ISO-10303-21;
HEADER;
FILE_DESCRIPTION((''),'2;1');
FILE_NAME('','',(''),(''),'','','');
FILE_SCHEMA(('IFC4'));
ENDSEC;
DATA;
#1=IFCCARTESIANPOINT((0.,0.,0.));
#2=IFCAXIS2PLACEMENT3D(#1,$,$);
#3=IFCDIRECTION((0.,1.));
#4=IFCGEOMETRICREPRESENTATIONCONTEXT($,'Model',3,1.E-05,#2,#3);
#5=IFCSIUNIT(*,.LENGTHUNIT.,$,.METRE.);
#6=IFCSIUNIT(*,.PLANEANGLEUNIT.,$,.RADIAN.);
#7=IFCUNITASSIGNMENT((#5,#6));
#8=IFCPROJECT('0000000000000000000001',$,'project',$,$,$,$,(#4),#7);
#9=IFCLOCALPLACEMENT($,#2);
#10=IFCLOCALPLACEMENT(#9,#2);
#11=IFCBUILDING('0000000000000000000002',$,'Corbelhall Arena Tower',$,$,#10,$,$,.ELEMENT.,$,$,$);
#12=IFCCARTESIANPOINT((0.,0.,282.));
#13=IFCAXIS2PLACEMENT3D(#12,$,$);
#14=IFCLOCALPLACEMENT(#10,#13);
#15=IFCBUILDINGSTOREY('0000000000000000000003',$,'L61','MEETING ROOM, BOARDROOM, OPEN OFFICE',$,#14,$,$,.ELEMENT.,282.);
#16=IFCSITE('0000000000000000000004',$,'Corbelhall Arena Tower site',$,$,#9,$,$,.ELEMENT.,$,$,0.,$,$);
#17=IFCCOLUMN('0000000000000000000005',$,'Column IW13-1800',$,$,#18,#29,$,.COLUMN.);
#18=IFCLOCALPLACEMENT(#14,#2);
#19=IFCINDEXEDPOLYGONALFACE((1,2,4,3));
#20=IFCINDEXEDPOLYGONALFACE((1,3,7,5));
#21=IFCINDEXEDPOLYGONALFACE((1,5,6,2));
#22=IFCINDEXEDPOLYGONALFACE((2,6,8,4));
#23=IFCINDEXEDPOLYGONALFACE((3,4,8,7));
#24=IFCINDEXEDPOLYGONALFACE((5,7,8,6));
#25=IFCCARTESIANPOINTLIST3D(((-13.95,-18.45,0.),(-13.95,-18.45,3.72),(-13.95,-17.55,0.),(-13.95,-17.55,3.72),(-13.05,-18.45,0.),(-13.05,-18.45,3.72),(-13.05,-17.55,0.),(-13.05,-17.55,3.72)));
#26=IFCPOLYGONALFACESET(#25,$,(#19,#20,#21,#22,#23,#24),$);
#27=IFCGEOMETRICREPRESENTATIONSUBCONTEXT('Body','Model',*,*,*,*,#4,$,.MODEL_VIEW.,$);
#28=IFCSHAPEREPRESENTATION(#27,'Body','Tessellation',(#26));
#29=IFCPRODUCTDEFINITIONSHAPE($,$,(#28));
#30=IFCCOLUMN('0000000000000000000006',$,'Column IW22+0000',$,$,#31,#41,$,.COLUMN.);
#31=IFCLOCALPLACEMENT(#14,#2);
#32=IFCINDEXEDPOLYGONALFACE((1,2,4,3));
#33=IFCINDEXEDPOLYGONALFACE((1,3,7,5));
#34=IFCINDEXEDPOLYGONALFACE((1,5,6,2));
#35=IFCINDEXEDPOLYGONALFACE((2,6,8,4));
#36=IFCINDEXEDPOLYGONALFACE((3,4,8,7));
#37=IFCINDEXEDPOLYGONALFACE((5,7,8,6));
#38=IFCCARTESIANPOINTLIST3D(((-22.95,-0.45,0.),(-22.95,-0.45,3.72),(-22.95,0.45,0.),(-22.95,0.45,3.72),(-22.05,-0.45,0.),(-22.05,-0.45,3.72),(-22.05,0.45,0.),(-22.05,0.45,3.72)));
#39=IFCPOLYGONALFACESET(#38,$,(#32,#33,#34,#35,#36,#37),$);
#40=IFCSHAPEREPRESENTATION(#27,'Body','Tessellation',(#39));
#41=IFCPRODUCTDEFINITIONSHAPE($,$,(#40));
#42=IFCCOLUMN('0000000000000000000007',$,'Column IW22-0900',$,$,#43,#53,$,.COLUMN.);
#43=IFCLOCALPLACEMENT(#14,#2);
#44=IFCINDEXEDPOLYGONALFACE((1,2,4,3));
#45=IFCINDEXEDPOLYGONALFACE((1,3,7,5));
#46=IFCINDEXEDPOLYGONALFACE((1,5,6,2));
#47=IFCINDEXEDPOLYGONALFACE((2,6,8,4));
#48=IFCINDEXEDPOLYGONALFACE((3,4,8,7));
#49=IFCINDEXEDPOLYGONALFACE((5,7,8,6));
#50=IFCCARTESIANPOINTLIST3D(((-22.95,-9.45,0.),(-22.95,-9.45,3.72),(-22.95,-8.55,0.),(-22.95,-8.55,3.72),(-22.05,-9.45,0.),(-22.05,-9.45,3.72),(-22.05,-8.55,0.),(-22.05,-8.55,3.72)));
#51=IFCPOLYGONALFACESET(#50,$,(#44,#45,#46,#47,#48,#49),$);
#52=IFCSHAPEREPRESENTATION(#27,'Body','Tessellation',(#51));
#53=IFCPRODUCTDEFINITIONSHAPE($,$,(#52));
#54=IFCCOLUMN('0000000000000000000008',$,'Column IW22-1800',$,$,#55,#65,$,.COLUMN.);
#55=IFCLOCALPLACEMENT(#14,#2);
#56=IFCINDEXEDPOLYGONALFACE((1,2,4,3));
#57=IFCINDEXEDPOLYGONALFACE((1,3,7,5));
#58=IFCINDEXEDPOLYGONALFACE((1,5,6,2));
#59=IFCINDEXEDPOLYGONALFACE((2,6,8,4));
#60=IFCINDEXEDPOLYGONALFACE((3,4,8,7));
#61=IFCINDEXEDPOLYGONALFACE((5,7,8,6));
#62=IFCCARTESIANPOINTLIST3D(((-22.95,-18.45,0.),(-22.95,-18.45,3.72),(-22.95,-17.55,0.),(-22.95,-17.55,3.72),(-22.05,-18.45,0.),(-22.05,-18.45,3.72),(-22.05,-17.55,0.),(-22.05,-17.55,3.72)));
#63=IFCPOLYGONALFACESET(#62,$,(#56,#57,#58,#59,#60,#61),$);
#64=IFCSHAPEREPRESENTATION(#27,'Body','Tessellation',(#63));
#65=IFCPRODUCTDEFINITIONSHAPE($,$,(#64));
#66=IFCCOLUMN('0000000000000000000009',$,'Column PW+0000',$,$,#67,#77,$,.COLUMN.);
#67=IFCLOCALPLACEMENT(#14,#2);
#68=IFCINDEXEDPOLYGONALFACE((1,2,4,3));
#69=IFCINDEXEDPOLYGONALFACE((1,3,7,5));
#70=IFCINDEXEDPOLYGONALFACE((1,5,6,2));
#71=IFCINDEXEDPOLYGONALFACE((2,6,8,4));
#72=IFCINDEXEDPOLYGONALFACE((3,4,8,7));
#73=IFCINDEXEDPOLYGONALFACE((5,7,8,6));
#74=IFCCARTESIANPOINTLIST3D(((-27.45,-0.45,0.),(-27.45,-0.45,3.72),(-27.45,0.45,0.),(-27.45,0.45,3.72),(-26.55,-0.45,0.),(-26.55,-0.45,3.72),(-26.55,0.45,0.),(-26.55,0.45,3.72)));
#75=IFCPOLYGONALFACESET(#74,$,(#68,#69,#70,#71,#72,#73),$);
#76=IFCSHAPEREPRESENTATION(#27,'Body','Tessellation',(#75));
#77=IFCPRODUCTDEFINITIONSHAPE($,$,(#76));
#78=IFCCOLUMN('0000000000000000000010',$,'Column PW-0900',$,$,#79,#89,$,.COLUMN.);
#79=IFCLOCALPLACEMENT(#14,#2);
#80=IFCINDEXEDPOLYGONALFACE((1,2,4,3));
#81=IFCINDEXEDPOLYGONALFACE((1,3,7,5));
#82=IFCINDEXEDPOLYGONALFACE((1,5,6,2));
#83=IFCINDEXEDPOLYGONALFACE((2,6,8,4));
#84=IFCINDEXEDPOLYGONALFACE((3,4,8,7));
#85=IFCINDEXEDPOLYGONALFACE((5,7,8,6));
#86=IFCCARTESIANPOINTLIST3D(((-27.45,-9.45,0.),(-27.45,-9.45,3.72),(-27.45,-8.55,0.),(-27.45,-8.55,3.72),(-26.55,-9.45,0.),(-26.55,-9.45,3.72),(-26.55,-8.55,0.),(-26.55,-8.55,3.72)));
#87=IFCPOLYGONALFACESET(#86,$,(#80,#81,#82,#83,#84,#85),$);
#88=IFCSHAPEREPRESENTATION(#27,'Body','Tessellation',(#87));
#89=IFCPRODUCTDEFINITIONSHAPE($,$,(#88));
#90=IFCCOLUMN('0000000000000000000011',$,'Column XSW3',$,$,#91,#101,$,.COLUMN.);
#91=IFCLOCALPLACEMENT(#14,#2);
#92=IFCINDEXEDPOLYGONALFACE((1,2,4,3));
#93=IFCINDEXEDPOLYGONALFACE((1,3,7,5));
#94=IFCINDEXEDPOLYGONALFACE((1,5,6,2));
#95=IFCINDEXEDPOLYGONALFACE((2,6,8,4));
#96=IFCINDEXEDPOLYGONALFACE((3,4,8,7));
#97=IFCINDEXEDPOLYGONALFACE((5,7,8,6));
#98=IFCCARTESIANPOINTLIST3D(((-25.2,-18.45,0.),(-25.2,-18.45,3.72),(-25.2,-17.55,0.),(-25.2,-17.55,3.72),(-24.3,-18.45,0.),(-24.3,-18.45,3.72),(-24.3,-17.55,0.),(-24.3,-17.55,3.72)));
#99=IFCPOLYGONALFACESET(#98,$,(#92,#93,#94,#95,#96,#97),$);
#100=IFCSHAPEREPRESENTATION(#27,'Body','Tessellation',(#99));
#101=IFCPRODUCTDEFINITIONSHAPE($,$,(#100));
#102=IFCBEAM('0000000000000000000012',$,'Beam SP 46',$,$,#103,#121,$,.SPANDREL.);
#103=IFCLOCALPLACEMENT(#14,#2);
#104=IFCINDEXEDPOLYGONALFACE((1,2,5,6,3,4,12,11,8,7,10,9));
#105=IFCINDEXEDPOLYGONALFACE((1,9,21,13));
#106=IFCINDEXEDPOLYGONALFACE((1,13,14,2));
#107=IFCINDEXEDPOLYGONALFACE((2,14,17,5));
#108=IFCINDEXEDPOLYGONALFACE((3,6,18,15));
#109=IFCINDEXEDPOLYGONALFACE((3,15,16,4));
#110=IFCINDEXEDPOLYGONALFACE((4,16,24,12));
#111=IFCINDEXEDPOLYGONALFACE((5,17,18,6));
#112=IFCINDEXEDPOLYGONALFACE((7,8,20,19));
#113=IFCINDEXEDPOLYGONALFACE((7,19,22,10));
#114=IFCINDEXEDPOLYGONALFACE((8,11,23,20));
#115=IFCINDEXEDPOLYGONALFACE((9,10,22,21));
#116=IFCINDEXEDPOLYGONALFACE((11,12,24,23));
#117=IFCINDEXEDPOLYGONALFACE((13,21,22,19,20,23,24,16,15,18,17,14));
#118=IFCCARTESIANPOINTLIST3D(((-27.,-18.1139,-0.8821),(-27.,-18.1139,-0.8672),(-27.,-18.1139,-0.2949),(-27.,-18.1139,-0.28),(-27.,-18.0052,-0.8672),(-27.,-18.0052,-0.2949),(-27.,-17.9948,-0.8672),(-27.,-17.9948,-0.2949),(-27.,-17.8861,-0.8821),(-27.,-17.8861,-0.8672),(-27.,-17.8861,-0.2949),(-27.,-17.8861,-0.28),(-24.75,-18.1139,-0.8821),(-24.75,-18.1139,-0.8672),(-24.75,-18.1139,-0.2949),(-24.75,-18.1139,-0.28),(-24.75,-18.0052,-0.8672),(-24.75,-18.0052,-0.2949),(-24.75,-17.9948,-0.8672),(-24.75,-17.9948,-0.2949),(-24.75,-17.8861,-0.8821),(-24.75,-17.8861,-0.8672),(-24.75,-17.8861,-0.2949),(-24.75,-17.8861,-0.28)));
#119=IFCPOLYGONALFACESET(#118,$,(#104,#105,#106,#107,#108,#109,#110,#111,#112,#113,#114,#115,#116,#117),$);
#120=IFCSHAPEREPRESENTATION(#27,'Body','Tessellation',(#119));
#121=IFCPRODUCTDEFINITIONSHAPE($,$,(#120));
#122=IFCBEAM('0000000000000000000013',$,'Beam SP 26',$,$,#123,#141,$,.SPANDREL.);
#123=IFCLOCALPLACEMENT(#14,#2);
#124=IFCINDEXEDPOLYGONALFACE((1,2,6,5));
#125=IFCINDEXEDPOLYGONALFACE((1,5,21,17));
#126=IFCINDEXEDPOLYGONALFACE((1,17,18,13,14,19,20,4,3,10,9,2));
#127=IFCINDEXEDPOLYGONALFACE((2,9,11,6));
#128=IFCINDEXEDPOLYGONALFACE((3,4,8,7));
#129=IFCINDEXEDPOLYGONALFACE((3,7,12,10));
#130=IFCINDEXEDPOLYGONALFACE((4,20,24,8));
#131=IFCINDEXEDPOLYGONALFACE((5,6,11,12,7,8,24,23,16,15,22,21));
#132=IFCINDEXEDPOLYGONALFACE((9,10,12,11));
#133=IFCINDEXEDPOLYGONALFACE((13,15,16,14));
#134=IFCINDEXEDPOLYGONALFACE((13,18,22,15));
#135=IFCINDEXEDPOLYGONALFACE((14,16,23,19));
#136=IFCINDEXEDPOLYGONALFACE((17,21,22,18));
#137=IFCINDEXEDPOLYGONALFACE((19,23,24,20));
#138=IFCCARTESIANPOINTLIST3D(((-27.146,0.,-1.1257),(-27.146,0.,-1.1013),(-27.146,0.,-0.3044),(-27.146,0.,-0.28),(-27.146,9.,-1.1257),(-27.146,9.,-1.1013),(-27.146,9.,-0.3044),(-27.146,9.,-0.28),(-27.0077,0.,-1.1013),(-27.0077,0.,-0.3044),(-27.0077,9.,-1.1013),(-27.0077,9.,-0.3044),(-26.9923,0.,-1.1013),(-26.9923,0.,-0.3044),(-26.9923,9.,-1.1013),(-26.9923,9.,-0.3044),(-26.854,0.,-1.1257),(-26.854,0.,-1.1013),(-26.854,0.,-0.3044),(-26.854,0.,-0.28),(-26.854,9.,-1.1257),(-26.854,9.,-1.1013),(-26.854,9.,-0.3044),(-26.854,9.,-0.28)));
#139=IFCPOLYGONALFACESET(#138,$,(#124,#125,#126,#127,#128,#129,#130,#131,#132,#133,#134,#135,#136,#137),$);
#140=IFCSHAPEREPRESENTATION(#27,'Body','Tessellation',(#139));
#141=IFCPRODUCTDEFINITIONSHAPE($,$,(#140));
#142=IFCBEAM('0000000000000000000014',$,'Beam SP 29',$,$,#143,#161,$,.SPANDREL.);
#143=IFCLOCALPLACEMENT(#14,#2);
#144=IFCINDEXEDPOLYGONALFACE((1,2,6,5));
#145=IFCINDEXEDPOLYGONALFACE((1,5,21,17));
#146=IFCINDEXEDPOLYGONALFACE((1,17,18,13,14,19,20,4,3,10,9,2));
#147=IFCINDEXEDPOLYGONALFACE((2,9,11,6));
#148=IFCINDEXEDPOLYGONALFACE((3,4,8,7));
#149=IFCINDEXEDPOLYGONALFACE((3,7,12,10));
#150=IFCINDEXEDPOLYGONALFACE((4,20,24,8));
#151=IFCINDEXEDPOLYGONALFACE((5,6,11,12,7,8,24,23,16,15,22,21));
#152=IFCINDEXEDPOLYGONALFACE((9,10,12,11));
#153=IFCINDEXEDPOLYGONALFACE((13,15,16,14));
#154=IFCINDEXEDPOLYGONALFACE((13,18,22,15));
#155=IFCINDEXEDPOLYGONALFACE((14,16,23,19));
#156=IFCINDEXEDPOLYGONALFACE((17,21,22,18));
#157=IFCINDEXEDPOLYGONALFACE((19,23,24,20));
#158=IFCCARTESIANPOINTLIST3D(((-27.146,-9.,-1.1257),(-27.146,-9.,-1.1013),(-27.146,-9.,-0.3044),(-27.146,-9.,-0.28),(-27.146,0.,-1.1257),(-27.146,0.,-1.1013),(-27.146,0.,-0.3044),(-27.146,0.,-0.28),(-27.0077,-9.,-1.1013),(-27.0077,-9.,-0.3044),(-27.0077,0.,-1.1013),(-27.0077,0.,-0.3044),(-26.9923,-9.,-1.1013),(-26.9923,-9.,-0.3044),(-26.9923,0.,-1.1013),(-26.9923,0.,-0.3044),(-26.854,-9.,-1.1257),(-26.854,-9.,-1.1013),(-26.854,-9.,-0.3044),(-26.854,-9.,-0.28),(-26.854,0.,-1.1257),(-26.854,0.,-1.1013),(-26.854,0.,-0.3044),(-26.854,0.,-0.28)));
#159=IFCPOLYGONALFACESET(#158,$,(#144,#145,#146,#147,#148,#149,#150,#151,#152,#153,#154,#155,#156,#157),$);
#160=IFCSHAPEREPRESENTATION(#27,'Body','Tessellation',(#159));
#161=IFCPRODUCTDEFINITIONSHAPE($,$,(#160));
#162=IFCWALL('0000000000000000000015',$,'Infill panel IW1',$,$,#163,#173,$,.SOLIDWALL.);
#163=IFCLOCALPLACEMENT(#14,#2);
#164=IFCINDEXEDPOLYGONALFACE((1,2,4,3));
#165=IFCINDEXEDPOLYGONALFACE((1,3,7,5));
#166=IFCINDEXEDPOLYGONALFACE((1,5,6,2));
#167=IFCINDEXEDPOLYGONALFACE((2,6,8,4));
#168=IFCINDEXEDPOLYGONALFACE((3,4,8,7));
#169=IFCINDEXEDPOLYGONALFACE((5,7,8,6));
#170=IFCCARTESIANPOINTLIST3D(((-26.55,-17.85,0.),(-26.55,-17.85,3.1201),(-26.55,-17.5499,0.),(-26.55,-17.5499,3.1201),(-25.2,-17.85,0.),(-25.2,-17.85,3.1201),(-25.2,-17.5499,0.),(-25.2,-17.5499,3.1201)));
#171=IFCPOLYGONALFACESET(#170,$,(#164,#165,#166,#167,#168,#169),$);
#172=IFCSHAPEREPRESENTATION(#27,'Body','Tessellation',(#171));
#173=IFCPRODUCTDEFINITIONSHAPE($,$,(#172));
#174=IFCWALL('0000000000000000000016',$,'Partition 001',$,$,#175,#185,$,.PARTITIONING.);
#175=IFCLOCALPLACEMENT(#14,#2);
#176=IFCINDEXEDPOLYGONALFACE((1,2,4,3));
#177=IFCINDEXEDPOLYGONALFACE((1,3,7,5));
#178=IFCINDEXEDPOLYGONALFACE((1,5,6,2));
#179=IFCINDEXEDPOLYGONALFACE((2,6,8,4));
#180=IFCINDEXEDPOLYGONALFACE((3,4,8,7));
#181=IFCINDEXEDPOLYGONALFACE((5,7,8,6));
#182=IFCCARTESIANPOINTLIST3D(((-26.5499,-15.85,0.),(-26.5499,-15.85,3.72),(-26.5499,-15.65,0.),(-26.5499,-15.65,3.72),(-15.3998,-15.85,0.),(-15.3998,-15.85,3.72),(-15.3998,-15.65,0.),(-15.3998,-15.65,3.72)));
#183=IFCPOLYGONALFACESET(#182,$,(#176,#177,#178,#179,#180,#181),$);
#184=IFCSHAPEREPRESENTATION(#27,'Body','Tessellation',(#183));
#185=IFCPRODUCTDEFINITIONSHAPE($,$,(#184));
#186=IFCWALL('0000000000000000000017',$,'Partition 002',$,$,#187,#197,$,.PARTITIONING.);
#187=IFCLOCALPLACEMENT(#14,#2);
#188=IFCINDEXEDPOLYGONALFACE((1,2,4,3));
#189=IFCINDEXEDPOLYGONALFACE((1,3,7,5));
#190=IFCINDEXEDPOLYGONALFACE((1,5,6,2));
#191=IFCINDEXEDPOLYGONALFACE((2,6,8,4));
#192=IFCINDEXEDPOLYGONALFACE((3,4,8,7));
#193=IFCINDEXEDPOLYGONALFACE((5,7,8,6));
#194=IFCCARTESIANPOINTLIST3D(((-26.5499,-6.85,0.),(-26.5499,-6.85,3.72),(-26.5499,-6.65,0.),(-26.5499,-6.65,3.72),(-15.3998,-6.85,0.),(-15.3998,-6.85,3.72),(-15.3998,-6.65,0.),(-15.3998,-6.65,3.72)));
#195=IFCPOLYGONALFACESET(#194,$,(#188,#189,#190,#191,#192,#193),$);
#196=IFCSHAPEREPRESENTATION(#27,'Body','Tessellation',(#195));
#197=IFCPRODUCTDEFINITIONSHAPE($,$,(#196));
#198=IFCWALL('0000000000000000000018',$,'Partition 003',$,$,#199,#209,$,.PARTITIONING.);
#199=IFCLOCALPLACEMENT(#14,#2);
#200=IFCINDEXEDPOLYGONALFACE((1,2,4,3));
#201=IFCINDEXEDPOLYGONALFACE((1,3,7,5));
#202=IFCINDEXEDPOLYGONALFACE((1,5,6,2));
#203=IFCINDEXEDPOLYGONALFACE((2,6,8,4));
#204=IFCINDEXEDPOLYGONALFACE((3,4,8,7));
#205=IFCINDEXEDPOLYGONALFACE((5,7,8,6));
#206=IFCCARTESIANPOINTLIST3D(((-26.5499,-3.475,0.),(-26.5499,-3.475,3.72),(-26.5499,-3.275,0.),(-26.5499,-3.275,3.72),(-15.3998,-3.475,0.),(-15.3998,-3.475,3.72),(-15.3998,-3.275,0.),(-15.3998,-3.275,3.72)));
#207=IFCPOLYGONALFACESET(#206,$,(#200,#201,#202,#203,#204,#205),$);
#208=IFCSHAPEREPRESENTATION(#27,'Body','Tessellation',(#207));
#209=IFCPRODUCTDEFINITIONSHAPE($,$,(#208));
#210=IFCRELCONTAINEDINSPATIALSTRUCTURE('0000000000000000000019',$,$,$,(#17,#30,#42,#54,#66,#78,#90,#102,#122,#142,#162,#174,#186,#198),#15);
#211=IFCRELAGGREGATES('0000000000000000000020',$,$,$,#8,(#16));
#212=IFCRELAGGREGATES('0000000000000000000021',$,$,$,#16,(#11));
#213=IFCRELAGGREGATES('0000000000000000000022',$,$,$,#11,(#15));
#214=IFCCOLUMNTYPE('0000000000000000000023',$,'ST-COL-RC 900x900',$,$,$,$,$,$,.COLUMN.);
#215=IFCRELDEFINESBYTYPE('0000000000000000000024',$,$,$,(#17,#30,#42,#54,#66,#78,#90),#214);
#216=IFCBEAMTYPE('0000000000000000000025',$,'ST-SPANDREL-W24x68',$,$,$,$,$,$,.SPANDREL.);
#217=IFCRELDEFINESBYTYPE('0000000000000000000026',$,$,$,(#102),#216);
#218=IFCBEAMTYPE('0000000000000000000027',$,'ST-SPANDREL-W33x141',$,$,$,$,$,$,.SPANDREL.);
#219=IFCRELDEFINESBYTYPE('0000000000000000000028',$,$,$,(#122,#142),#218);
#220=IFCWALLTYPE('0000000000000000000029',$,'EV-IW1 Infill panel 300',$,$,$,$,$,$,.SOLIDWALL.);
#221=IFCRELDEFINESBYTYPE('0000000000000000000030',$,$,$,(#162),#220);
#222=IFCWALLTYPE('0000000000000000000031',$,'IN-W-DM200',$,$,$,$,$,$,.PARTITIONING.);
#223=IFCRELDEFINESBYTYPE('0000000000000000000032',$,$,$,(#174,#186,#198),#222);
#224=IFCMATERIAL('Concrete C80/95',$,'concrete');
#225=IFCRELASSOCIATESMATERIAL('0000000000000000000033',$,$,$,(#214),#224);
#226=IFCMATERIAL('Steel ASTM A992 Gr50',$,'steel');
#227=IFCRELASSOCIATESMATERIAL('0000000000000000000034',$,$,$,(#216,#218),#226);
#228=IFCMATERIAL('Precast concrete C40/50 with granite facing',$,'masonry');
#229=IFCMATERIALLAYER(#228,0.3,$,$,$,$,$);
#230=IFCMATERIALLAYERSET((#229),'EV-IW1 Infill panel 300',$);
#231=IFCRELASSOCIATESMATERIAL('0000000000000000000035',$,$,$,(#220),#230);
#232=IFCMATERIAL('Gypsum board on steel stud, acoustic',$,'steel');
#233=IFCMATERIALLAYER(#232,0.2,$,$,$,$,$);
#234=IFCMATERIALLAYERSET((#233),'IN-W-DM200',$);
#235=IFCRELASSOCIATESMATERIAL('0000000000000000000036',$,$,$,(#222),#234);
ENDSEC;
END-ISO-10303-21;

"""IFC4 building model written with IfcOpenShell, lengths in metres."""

from ifc_helpers import new_model, si_unit, direction, frame, frame_2d, origin, origin_2d, place, context, subcontext, project, spatial, rectangle, i_section, extrude, material, layer, layer_set, material_profile, profile_set, type_object, element, save


model = new_model("IFC4")

# Units and contexts
model_context = context("Model", 3, precision=1e-05, world=origin(), true_north=direction((0.0, 1.0)))
body_context = subcontext(model_context, "Body", "Model", "MODEL_VIEW")
ifc_project = project(units=[si_unit("LENGTHUNIT", "METRE"), si_unit("PLANEANGLEUNIT", "RADIAN")], contexts=[model_context])

# Site, building, storey
site_placement = place(None, origin())
site = spatial("IfcSite", under=ifc_project, at=site_placement, Name="Corbelhall Arena Tower site", CompositionType="ELEMENT", RefElevation=0.0)
building_placement = place(site_placement, origin())
building = spatial("IfcBuilding", under=site, at=building_placement, Name="Corbelhall Arena Tower", CompositionType="ELEMENT")
storey_placement = place(building_placement, frame((0.0, 0.0, 282.0)))
storey = spatial("IfcBuildingStorey", under=building, at=storey_placement, Name="L61", Description="MEETING ROOM, BOARDROOM, OPEN OFFICE", CompositionType="ELEMENT", Elevation=282.0)

# Columns
ifc_material_1 = material(Name="Concrete C80/95", Category="concrete")
ifc_material_profile_1 = material_profile(ifc_material_1, rectangle(XDim=0.8999, YDim=0.8999, at=origin_2d()))
ifc_profile_set_1 = profile_set([ifc_material_profile_1], Name="Concrete C80/95")
column_type = type_object("IfcColumnType", Name="ST-COL-RC 900x900", PredefinedType="COLUMN", material=ifc_profile_set_1)
for number, where, z_axis, x_axis, name in (
    (1, (-13.5, -18.0, 0.0), (0.0, 0.0, 1.0), (1.0, 0.0, 0.0), "Column IW13-1800"),
    (2, (-22.5, 0.0, 0.0), (0.0, 0.0, 1.0), (1.0, 0.0, 0.0), "Column IW22+0000"),
    (3, (-22.5, -9.0, 0.0), (0.0, 0.0, 1.0), (1.0, 0.0, 0.0), "Column IW22-0900"),
    (4, (-22.5, -18.0, 0.0), (0.0, 0.0, 1.0), (1.0, 0.0, 0.0), "Column IW22-1800"),
    (5, (-27.0, 0.0, 0.0), (0.0, 0.0, 1.0), (0.0, 1.0, 0.0), "Column PW+0000"),
    (6, (-27.0, -9.0, 0.0), (0.0, 0.0, 1.0), (0.0, 1.0, 0.0), "Column PW-0900"),
    (7, (-24.75, -18.0, 0.0), (0.0, 0.0, 1.0), (1.0, 0.0, 0.0), "Column XSW3"),
):
    element("IfcColumn", number, at=place(storey_placement, frame(where, z_axis=z_axis, x_axis=x_axis)), inside=storey, type_object=column_type, Name=name, PredefinedType="COLUMN", context=body_context, shape_type="SweptSolid", body=[
        extrude(rectangle(XDim=0.8999, YDim=0.8999, at=origin_2d()), origin(), (0.0, 0.0, 1.0), 3.72),
    ])

# Beams
ifc_material_2 = material(Name="Steel ASTM A992 Gr50", Category="steel")
ifc_material_profile_2 = material_profile(ifc_material_2, i_section(OverallWidth=0.2278, OverallDepth=0.6021, WebThickness=0.0105, FlangeThickness=0.0149, at=origin_2d()))
ifc_profile_set_2 = profile_set([ifc_material_profile_2], Name="Steel ASTM A992 Gr50")
beam_type_1 = type_object("IfcBeamType", Name="ST-SPANDREL-W24x68", PredefinedType="SPANDREL", material=ifc_profile_set_2)
beam_placement = place(storey_placement, frame((-24.75, -18.0, -0.5811), z_axis=(-1.0, 0.0, 0.0), x_axis=(0.0, -1.0, 0.0)))
element("IfcBeam", 8, at=beam_placement, inside=storey, type_object=beam_type_1, Name="Beam SP 46", PredefinedType="SPANDREL", context=body_context, shape_type="SweptSolid", body=[
    extrude(i_section(OverallWidth=0.2278, OverallDepth=0.6021, WebThickness=0.0105, FlangeThickness=0.0149, at=origin_2d()), origin(), (0.0, 0.0, 1.0), 2.25),
])
ifc_material_profile_3 = material_profile(ifc_material_2, i_section(OverallWidth=0.292, OverallDepth=0.8457, WebThickness=0.0154, FlangeThickness=0.0244, at=origin_2d()))
ifc_profile_set_3 = profile_set([ifc_material_profile_3], Name="Steel ASTM A992 Gr50")
beam_type_2 = type_object("IfcBeamType", Name="ST-SPANDREL-W33x141", PredefinedType="SPANDREL", material=ifc_profile_set_3)
for number, where, z_axis, x_axis, name in (
    (9, (-27.0, 0.0, -0.7029), (0.0, 1.0, 0.0), (-1.0, 0.0, 0.0), "Beam SP 26"),
    (10, (-27.0, -9.0, -0.7029), (0.0, 1.0, 0.0), (-1.0, 0.0, 0.0), "Beam SP 29"),
):
    element("IfcBeam", number, at=place(storey_placement, frame(where, z_axis=z_axis, x_axis=x_axis)), inside=storey, type_object=beam_type_2, Name=name, PredefinedType="SPANDREL", context=body_context, shape_type="SweptSolid", body=[
        extrude(i_section(OverallWidth=0.292, OverallDepth=0.8457, WebThickness=0.0154, FlangeThickness=0.0244, at=origin_2d()), origin(), (0.0, 0.0, 1.0), 9.0),
    ])

# Shared definitions
ifc_material_3 = material(Name="Precast concrete C40/50 with granite facing", Category="masonry")
ifc_layer_1 = layer(ifc_material_3, 0.3)
ifc_layer_set_1 = layer_set([ifc_layer_1], Name="EV-IW1 Infill panel 300")
wall_type_1 = type_object("IfcWallType", Name="EV-IW1 Infill panel 300", PredefinedType="SOLIDWALL", material=ifc_layer_set_1)

# Walls
wall_1_placement = place(storey_placement, frame((-26.55, -17.7, 0.0), z_axis=(0.0, 0.0, 1.0), x_axis=(1.0, 0.0, 0.0)))
element("IfcWall", 11, at=wall_1_placement, inside=storey, type_object=wall_type_1, Name="Infill panel IW1", PredefinedType="SOLIDWALL", context=body_context, shape_type="SweptSolid", body=[
    extrude(rectangle(XDim=1.3501, YDim=0.3, at=frame_2d((0.675, 0.0))), origin(), (0.0, 0.0, 1.0), 3.1201),
])
ifc_material_4 = material(Name="Gypsum board on steel stud, acoustic", Category="steel")
ifc_layer_2 = layer(ifc_material_4, 0.2)
ifc_layer_set_2 = layer_set([ifc_layer_2], Name="IN-W-DM200")
wall_type_2 = type_object("IfcWallType", Name="IN-W-DM200", PredefinedType="PARTITIONING", material=ifc_layer_set_2)
for number, where, z_axis, x_axis, name in (
    (12, (-26.55, -15.75, 0.0), (0.0, 0.0, 1.0), (1.0, 0.0, 0.0), "Partition 001"),
    (13, (-26.55, -6.75, 0.0), (0.0, 0.0, 1.0), (1.0, 0.0, 0.0), "Partition 002"),
    (14, (-26.55, -3.375, 0.0), (0.0, 0.0, 1.0), (1.0, 0.0, 0.0), "Partition 003"),
):
    element("IfcWall", number, at=place(storey_placement, frame(where, z_axis=z_axis, x_axis=x_axis)), inside=storey, type_object=wall_type_2, Name=name, PredefinedType="PARTITIONING", context=body_context, shape_type="SweptSolid", body=[
        extrude(rectangle(XDim=11.1501, YDim=0.2, at=frame_2d((5.5752, 0.0))), origin(), (0.0, 0.0, 1.0), 3.72),
    ])

save(model, "model.ifc")
